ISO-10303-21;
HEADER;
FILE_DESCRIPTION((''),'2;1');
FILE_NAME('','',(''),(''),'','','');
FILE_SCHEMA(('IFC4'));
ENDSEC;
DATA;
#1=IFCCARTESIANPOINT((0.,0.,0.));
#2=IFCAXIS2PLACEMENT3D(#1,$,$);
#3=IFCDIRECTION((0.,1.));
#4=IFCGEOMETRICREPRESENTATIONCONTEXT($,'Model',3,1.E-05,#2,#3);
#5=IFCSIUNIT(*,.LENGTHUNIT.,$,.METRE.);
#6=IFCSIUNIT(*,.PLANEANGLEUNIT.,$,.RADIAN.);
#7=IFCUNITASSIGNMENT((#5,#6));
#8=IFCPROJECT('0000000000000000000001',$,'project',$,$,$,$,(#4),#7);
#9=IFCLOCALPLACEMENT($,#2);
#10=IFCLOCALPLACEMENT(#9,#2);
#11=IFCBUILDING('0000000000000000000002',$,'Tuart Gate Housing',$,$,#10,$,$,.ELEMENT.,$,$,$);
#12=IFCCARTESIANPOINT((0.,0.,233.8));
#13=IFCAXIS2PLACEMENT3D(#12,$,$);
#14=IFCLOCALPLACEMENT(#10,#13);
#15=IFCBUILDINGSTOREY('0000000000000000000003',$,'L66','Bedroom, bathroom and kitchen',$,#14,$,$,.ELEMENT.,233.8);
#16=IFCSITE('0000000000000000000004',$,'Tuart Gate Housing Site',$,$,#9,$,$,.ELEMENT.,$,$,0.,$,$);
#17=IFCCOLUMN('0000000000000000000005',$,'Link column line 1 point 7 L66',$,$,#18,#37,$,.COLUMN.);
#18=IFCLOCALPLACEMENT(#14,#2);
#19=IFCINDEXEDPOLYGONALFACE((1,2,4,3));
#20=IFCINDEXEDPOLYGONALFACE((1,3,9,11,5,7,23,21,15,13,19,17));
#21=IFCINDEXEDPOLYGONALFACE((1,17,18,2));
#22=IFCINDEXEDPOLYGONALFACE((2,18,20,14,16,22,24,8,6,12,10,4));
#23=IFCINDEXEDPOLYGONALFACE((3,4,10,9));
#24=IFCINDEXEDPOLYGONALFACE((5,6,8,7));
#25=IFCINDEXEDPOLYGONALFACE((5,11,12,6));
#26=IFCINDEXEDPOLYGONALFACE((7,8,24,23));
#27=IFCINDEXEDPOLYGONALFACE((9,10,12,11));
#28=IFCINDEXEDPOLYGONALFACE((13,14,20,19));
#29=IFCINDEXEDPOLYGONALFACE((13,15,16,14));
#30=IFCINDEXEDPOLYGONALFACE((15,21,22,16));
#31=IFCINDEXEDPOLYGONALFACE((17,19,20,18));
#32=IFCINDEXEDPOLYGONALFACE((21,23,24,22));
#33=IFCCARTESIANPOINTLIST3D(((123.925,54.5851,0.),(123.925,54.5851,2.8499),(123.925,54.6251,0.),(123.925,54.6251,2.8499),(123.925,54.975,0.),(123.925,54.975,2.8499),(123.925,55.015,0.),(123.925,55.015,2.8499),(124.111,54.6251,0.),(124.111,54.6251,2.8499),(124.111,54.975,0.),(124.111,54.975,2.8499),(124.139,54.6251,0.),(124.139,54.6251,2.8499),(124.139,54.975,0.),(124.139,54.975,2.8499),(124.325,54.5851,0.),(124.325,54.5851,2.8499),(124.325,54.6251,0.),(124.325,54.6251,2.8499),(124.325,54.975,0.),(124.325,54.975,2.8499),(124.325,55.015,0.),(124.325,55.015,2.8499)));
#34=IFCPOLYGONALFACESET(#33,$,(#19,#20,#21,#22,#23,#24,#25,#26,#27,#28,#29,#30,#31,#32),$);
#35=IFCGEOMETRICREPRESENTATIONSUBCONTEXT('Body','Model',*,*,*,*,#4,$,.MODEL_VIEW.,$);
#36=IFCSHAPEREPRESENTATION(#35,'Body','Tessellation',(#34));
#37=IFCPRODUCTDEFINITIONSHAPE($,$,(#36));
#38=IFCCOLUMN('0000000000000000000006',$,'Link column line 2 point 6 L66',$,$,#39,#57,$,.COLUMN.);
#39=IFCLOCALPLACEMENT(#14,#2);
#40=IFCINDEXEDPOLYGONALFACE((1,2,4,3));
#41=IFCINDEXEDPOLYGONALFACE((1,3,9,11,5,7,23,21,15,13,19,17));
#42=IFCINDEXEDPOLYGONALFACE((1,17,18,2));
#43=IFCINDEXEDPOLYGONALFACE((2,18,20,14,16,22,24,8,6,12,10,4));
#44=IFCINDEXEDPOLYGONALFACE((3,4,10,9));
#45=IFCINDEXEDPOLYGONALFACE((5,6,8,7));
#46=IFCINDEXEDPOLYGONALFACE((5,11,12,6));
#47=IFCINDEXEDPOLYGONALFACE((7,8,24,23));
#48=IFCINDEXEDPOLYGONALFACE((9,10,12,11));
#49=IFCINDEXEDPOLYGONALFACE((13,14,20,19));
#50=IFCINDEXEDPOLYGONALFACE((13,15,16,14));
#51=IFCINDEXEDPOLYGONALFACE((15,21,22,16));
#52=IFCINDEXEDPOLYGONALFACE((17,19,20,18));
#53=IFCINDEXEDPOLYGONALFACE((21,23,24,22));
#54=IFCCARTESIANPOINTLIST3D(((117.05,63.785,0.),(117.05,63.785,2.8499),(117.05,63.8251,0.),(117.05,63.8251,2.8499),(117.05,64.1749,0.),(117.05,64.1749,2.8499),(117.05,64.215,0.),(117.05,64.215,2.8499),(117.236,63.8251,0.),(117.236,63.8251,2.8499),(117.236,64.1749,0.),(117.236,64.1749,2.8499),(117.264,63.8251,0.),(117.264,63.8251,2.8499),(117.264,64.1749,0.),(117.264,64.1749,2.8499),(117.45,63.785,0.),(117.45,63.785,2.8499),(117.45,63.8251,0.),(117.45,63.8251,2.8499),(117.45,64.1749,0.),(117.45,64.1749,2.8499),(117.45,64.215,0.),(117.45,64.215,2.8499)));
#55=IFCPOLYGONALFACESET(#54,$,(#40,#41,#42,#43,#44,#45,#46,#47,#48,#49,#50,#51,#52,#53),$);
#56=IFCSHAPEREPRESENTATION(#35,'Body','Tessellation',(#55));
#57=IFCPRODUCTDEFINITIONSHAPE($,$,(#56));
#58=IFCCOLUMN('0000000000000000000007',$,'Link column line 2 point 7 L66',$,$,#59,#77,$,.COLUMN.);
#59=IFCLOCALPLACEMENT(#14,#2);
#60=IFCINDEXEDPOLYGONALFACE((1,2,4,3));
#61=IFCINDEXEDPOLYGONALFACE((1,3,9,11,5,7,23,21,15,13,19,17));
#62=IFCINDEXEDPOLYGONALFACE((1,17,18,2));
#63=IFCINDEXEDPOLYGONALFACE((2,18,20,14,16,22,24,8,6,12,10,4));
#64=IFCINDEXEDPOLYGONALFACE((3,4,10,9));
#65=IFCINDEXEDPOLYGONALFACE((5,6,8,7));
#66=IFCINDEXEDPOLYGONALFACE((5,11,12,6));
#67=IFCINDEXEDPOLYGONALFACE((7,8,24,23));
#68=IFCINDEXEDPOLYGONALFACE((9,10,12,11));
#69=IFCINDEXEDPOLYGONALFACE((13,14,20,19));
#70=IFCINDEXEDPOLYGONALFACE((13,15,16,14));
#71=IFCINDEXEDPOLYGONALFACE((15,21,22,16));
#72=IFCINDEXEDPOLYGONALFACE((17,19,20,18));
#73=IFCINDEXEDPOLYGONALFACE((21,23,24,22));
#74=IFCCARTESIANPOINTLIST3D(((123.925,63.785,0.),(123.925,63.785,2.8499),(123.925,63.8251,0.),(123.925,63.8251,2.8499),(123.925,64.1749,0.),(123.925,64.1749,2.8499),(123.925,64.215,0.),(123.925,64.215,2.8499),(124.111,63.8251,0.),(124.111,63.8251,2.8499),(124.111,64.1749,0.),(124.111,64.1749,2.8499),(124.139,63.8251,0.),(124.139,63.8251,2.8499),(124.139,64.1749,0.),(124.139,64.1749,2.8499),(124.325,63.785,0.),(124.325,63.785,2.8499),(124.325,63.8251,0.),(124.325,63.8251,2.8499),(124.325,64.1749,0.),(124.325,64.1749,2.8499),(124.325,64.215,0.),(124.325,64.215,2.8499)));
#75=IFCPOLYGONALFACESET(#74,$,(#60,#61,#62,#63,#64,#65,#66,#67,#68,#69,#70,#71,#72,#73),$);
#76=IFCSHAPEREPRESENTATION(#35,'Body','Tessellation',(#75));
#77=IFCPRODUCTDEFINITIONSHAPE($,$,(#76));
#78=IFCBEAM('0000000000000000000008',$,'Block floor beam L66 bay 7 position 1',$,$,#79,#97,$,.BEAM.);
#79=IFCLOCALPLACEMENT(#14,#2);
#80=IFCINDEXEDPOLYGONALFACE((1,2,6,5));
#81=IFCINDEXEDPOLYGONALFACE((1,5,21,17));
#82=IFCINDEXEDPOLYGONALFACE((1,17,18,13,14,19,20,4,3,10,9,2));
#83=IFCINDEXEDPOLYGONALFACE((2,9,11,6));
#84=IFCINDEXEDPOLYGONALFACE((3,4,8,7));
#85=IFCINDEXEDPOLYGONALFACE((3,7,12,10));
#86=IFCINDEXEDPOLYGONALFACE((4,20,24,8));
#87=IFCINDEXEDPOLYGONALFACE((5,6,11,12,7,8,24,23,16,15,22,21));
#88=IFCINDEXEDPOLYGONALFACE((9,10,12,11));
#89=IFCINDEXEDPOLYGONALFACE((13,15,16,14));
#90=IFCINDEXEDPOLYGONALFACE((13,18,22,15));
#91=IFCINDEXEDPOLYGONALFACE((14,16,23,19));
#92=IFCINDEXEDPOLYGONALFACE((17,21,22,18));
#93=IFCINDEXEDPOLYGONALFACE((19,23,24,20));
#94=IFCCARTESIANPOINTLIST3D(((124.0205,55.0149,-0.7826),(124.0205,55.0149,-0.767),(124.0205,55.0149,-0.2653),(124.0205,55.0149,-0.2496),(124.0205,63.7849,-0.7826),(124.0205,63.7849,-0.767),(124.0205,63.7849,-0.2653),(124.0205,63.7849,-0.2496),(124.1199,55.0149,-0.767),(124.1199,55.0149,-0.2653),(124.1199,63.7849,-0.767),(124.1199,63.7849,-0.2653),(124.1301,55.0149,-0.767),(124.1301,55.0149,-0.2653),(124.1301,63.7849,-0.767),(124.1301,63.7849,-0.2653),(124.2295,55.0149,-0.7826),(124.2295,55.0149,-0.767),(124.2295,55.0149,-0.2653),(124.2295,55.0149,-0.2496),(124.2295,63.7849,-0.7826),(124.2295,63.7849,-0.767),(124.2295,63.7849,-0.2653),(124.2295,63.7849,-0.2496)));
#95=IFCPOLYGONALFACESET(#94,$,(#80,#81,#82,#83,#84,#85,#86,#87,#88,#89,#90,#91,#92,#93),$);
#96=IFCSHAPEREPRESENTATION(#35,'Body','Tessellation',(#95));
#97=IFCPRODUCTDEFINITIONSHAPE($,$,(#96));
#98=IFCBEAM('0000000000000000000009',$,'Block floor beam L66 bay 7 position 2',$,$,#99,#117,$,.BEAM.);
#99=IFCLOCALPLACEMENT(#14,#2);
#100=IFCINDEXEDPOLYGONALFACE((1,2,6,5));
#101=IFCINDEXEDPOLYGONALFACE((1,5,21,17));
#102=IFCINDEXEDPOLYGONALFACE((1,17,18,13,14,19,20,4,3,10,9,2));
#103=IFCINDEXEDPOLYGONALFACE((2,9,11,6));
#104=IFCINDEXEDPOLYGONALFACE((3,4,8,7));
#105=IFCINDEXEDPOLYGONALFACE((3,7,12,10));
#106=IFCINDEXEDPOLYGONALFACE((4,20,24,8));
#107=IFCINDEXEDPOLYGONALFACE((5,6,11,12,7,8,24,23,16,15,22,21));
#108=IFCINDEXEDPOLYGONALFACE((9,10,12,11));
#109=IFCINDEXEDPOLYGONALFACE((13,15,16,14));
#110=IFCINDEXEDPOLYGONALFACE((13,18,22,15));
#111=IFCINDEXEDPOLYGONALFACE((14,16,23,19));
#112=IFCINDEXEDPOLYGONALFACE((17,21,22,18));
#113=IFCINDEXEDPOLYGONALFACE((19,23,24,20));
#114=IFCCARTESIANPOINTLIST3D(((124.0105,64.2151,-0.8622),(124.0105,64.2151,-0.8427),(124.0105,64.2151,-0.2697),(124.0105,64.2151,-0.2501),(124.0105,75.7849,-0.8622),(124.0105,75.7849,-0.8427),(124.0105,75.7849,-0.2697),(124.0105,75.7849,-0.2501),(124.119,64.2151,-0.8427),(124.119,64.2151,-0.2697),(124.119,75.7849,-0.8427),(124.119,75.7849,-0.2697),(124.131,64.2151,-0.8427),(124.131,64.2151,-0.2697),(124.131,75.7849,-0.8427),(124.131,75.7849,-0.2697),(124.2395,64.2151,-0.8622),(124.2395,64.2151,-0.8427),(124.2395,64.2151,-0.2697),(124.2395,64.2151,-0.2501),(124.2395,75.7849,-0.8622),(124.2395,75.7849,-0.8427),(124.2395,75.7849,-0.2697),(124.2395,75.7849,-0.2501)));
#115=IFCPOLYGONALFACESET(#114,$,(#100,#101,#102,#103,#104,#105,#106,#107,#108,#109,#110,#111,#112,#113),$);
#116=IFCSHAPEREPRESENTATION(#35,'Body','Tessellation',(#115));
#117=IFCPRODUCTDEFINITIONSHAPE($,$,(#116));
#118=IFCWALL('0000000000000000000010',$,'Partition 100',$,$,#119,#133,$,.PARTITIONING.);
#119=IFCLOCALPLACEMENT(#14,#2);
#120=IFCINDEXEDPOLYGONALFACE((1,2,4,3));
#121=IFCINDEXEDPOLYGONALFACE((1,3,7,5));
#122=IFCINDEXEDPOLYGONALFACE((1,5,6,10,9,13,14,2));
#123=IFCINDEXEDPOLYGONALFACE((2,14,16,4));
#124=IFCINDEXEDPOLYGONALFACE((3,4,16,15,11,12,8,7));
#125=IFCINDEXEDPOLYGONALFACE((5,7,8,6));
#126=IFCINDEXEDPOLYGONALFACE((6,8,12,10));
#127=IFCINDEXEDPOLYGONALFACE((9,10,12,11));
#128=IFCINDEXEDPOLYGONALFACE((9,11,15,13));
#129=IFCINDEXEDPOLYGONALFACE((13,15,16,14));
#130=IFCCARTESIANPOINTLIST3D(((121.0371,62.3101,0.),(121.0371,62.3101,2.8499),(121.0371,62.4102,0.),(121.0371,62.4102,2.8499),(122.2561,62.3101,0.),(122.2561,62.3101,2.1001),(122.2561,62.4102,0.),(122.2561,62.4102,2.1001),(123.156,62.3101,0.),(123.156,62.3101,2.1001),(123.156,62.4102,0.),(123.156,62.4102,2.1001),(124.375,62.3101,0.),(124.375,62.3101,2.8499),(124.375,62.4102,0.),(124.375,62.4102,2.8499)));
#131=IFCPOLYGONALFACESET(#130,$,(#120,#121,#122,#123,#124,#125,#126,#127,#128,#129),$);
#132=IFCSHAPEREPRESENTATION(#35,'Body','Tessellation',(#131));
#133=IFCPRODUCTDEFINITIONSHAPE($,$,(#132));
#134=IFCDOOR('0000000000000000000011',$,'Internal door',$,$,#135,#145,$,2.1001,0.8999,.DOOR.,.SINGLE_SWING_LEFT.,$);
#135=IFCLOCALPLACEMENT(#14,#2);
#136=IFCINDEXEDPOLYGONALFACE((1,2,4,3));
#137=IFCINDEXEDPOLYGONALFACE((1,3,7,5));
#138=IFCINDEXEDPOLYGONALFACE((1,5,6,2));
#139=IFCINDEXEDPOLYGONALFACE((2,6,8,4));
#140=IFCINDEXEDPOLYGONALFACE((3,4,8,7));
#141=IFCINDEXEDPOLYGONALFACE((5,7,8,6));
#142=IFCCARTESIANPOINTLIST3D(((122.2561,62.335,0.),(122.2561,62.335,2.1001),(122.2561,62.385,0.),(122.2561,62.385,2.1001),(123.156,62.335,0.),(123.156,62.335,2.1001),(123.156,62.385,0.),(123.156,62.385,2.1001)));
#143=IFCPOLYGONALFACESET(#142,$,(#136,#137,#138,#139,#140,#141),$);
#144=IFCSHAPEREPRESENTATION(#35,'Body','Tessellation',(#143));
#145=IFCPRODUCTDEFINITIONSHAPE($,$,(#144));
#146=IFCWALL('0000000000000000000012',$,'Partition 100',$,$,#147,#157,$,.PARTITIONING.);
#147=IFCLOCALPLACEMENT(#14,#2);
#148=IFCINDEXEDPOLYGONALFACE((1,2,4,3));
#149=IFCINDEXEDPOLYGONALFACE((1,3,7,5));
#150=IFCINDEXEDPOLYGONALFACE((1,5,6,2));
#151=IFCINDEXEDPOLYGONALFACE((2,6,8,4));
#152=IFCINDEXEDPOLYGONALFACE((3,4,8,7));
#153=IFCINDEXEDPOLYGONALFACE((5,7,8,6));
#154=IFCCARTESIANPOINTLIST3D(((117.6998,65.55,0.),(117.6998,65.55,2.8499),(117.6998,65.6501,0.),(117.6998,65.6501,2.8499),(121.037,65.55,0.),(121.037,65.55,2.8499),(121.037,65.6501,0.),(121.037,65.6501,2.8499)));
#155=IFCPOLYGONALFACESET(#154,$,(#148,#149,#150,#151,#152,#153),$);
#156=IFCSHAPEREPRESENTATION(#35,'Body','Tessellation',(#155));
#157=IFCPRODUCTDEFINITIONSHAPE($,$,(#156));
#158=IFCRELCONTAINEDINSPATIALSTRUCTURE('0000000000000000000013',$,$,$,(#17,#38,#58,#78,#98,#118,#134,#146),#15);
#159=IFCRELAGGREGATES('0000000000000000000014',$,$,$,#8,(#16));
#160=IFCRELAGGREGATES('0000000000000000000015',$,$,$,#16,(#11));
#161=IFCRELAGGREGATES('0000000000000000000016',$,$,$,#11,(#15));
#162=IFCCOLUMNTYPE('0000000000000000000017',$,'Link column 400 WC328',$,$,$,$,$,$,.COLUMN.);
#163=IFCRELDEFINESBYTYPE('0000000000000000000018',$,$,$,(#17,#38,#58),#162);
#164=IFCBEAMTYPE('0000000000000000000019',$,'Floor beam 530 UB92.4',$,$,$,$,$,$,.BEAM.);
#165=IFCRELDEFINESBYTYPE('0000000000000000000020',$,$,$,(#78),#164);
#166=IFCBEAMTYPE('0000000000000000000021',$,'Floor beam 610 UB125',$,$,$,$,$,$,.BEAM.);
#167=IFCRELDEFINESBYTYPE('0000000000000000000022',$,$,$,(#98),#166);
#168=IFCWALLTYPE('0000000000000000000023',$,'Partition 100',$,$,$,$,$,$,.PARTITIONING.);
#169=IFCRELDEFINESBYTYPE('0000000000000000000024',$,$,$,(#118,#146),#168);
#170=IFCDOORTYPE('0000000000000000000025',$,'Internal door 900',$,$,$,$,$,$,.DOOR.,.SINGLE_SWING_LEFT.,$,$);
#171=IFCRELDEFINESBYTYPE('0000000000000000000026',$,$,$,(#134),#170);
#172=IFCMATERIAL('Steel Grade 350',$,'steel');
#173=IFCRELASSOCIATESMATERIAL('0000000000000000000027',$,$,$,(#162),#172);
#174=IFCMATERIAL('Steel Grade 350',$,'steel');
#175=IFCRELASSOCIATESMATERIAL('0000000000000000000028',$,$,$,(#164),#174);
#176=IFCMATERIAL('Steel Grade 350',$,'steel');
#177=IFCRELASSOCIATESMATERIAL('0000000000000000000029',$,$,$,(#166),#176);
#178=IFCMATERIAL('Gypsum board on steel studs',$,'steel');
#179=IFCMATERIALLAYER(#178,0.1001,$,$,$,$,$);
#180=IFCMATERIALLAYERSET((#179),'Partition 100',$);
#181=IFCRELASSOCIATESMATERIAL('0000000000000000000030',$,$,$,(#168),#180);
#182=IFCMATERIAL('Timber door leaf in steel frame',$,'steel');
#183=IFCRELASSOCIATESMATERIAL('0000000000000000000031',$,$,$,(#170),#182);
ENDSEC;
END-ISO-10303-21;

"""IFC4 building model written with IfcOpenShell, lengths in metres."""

from ifc_helpers import new_model, si_unit, direction, frame, frame_2d, origin, origin_2d, place, context, subcontext, project, spatial, rectangle, i_section, extrude, material, layer, layer_set, material_profile, profile_set, type_object, element, fill, save


model = new_model("IFC4")

# Units and contexts
model_context = context("Model", 3, precision=1e-05, world=origin(), true_north=direction((0.0, 1.0)))
body_context = subcontext(model_context, "Body", "Model", "MODEL_VIEW")
ifc_project = project(units=[si_unit("LENGTHUNIT", "METRE"), si_unit("PLANEANGLEUNIT", "RADIAN")], contexts=[model_context])

# Site, building, storey
site_placement = place(None, origin())
site = spatial("IfcSite", under=ifc_project, at=site_placement, Name="Tuart Gate Housing Site", CompositionType="ELEMENT", RefElevation=0.0)
building_placement = place(site_placement, origin())
building = spatial("IfcBuilding", under=site, at=building_placement, Name="Tuart Gate Housing", CompositionType="ELEMENT")
storey_placement = place(building_placement, frame((0.0, 0.0, 233.8)))
storey = spatial("IfcBuildingStorey", under=building, at=storey_placement, Name="L66", Description="Bedroom, bathroom and kitchen", CompositionType="ELEMENT", Elevation=233.8)

# Columns
ifc_material_1 = material(Name="Steel Grade 350", Category="steel")
ifc_material_profile_1 = material_profile(ifc_material_1, i_section(OverallWidth=0.3999, OverallDepth=0.4299, WebThickness=0.0281, FlangeThickness=0.04, at=origin_2d()), Name="400WC328")
ifc_profile_set_1 = profile_set([ifc_material_profile_1], Name="Steel Grade 350")
column_type = type_object("IfcColumnType", Name="Link column 400 WC328", PredefinedType="COLUMN", material=ifc_profile_set_1)
for number, where, z_axis, x_axis, name in (
    (1, (124.125, 54.8, 0.0), (0.0, 0.0, 1.0), (1.0, 0.0, 0.0), "Link column line 1 point 7 L66"),
    (2, (117.25, 64.0, 0.0), (0.0, 0.0, 1.0), (1.0, 0.0, 0.0), "Link column line 2 point 6 L66"),
    (3, (124.125, 64.0, 0.0), (0.0, 0.0, 1.0), (1.0, 0.0, 0.0), "Link column line 2 point 7 L66"),
):
    element("IfcColumn", number, at=place(storey_placement, frame(where, z_axis=z_axis, x_axis=x_axis)), inside=storey, type_object=column_type, Name=name, PredefinedType="COLUMN", context=body_context, shape_type="SweptSolid", body=[
        extrude(i_section(OverallWidth=0.3999, OverallDepth=0.4299, WebThickness=0.0281, FlangeThickness=0.04, at=origin_2d()), origin(), (0.0, 0.0, 1.0), 2.8499),
    ])

# Beams
ifc_material_2 = material(Name="Steel Grade 350", Category="steel")
ifc_material_profile_2 = material_profile(ifc_material_2, i_section(OverallWidth=0.209, OverallDepth=0.533, WebThickness=0.0103, FlangeThickness=0.0156, at=origin_2d()), Name="530UB92.4")
ifc_profile_set_2 = profile_set([ifc_material_profile_2], Name="Steel Grade 350")
beam_type_1 = type_object("IfcBeamType", Name="Floor beam 530 UB92.4", PredefinedType="BEAM", material=ifc_profile_set_2)
beam_1_placement = place(storey_placement, frame((124.125, 55.0149, -0.5161), z_axis=(0.0, 1.0, 0.0), x_axis=(-1.0, 0.0, 0.0)))
element("IfcBeam", 4, at=beam_1_placement, inside=storey, type_object=beam_type_1, Name="Block floor beam L66 bay 7 position 1", PredefinedType="BEAM", context=body_context, shape_type="SweptSolid", body=[
    extrude(i_section(OverallWidth=0.209, OverallDepth=0.533, WebThickness=0.0103, FlangeThickness=0.0156, at=origin_2d()), origin(), (0.0, 0.0, 1.0), 8.77),
])
ifc_material_3 = material(Name="Steel Grade 350", Category="steel")
ifc_material_profile_3 = material_profile(ifc_material_3, i_section(OverallWidth=0.229, OverallDepth=0.6121, WebThickness=0.012, FlangeThickness=0.0195, at=origin_2d()), Name="610UB125")
ifc_profile_set_3 = profile_set([ifc_material_profile_3], Name="Steel Grade 350")
beam_type_2 = type_object("IfcBeamType", Name="Floor beam 610 UB125", PredefinedType="BEAM", material=ifc_profile_set_3)
beam_2_placement = place(storey_placement, frame((124.125, 64.2151, -0.5562), z_axis=(0.0, 1.0, 0.0), x_axis=(-1.0, 0.0, 0.0)))
element("IfcBeam", 5, at=beam_2_placement, inside=storey, type_object=beam_type_2, Name="Block floor beam L66 bay 7 position 2", PredefinedType="BEAM", context=body_context, shape_type="SweptSolid", body=[
    extrude(i_section(OverallWidth=0.229, OverallDepth=0.6121, WebThickness=0.012, FlangeThickness=0.0195, at=origin_2d()), origin(), (0.0, 0.0, 1.0), 11.5698),
])

# Wall, opening, door
ifc_material_4 = material(Name="Gypsum board on steel studs", Category="steel")
ifc_layer_1 = layer(ifc_material_4, 0.1001)
ifc_layer_set_1 = layer_set([ifc_layer_1], Name="Partition 100")
wall_type_1 = type_object("IfcWallType", Name="Partition 100", PredefinedType="PARTITIONING", material=ifc_layer_set_1)
wall_1_placement = place(storey_placement, frame((121.0371, 62.3601, 0.0), z_axis=(0.0, 0.0, 1.0), x_axis=(1.0, 0.0, 0.0)))
wall_1 = element("IfcWall", 6, at=wall_1_placement, inside=storey, type_object=wall_type_1, Name="Partition 100", PredefinedType="PARTITIONING", context=body_context, shape_type="SweptSolid", body=[
    extrude(rectangle(XDim=3.3379, YDim=0.1001, at=frame_2d((1.6689, 0.0))), origin(), (0.0, 0.0, 1.0), 2.8499),
])
opening_1_placement = place(wall_1_placement, frame((1.219, 0.0, 0.0)))
opening_1 = element("IfcOpeningElement", 7, at=opening_1_placement, cuts=wall_1, PredefinedType="OPENING", context=body_context, shape_type="SweptSolid", body=[
    extrude(rectangle(XDim=0.8999, YDim=2.1001, at=frame_2d((0.45, 1.05))), frame((0.0, 0.0601, 0.0), z_axis=(0.0, -1.0, 0.0), x_axis=(1.0, 0.0, 0.0)), (0.0, 0.0, 1.0), 0.1201),
])
ifc_material_5 = material(Name="Timber door leaf in steel frame", Category="steel")
door_type_1 = type_object("IfcDoorType", Name="Internal door 900", OperationType="SINGLE_SWING_LEFT", PredefinedType="DOOR", material=ifc_material_5)
door_1_placement = place(opening_1_placement, origin())
door_1 = element("IfcDoor", 8, at=door_1_placement, inside=storey, type_object=door_type_1, Name="Internal door", OperationType="SINGLE_SWING_LEFT", OverallHeight=2.1001, OverallWidth=0.8999, PredefinedType="DOOR", context=body_context, shape_type="SweptSolid", body=[
    extrude(rectangle(XDim=0.8999, YDim=2.1001, at=frame_2d((0.45, 1.05))), frame((0.0, 0.0249, 0.0), z_axis=(0.0, -1.0, 0.0), x_axis=(1.0, 0.0, 0.0)), (0.0, 0.0, 1.0), 0.05),
])
fill(opening_1, door_1)

# Wall
wall_2_placement = place(storey_placement, frame((117.7, 65.6001, 0.0), z_axis=(0.0, 0.0, 1.0), x_axis=(1.0, 0.0, 0.0)))
element("IfcWall", 9, at=wall_2_placement, inside=storey, type_object=wall_type_1, Name="Partition 100", PredefinedType="PARTITIONING", context=body_context, shape_type="SweptSolid", body=[
    extrude(rectangle(XDim=3.3372, YDim=0.1001, at=frame_2d((1.6685, 0.0))), origin(), (0.0, 0.0, 1.0), 2.8499),
])

save(model, "model.ifc")
